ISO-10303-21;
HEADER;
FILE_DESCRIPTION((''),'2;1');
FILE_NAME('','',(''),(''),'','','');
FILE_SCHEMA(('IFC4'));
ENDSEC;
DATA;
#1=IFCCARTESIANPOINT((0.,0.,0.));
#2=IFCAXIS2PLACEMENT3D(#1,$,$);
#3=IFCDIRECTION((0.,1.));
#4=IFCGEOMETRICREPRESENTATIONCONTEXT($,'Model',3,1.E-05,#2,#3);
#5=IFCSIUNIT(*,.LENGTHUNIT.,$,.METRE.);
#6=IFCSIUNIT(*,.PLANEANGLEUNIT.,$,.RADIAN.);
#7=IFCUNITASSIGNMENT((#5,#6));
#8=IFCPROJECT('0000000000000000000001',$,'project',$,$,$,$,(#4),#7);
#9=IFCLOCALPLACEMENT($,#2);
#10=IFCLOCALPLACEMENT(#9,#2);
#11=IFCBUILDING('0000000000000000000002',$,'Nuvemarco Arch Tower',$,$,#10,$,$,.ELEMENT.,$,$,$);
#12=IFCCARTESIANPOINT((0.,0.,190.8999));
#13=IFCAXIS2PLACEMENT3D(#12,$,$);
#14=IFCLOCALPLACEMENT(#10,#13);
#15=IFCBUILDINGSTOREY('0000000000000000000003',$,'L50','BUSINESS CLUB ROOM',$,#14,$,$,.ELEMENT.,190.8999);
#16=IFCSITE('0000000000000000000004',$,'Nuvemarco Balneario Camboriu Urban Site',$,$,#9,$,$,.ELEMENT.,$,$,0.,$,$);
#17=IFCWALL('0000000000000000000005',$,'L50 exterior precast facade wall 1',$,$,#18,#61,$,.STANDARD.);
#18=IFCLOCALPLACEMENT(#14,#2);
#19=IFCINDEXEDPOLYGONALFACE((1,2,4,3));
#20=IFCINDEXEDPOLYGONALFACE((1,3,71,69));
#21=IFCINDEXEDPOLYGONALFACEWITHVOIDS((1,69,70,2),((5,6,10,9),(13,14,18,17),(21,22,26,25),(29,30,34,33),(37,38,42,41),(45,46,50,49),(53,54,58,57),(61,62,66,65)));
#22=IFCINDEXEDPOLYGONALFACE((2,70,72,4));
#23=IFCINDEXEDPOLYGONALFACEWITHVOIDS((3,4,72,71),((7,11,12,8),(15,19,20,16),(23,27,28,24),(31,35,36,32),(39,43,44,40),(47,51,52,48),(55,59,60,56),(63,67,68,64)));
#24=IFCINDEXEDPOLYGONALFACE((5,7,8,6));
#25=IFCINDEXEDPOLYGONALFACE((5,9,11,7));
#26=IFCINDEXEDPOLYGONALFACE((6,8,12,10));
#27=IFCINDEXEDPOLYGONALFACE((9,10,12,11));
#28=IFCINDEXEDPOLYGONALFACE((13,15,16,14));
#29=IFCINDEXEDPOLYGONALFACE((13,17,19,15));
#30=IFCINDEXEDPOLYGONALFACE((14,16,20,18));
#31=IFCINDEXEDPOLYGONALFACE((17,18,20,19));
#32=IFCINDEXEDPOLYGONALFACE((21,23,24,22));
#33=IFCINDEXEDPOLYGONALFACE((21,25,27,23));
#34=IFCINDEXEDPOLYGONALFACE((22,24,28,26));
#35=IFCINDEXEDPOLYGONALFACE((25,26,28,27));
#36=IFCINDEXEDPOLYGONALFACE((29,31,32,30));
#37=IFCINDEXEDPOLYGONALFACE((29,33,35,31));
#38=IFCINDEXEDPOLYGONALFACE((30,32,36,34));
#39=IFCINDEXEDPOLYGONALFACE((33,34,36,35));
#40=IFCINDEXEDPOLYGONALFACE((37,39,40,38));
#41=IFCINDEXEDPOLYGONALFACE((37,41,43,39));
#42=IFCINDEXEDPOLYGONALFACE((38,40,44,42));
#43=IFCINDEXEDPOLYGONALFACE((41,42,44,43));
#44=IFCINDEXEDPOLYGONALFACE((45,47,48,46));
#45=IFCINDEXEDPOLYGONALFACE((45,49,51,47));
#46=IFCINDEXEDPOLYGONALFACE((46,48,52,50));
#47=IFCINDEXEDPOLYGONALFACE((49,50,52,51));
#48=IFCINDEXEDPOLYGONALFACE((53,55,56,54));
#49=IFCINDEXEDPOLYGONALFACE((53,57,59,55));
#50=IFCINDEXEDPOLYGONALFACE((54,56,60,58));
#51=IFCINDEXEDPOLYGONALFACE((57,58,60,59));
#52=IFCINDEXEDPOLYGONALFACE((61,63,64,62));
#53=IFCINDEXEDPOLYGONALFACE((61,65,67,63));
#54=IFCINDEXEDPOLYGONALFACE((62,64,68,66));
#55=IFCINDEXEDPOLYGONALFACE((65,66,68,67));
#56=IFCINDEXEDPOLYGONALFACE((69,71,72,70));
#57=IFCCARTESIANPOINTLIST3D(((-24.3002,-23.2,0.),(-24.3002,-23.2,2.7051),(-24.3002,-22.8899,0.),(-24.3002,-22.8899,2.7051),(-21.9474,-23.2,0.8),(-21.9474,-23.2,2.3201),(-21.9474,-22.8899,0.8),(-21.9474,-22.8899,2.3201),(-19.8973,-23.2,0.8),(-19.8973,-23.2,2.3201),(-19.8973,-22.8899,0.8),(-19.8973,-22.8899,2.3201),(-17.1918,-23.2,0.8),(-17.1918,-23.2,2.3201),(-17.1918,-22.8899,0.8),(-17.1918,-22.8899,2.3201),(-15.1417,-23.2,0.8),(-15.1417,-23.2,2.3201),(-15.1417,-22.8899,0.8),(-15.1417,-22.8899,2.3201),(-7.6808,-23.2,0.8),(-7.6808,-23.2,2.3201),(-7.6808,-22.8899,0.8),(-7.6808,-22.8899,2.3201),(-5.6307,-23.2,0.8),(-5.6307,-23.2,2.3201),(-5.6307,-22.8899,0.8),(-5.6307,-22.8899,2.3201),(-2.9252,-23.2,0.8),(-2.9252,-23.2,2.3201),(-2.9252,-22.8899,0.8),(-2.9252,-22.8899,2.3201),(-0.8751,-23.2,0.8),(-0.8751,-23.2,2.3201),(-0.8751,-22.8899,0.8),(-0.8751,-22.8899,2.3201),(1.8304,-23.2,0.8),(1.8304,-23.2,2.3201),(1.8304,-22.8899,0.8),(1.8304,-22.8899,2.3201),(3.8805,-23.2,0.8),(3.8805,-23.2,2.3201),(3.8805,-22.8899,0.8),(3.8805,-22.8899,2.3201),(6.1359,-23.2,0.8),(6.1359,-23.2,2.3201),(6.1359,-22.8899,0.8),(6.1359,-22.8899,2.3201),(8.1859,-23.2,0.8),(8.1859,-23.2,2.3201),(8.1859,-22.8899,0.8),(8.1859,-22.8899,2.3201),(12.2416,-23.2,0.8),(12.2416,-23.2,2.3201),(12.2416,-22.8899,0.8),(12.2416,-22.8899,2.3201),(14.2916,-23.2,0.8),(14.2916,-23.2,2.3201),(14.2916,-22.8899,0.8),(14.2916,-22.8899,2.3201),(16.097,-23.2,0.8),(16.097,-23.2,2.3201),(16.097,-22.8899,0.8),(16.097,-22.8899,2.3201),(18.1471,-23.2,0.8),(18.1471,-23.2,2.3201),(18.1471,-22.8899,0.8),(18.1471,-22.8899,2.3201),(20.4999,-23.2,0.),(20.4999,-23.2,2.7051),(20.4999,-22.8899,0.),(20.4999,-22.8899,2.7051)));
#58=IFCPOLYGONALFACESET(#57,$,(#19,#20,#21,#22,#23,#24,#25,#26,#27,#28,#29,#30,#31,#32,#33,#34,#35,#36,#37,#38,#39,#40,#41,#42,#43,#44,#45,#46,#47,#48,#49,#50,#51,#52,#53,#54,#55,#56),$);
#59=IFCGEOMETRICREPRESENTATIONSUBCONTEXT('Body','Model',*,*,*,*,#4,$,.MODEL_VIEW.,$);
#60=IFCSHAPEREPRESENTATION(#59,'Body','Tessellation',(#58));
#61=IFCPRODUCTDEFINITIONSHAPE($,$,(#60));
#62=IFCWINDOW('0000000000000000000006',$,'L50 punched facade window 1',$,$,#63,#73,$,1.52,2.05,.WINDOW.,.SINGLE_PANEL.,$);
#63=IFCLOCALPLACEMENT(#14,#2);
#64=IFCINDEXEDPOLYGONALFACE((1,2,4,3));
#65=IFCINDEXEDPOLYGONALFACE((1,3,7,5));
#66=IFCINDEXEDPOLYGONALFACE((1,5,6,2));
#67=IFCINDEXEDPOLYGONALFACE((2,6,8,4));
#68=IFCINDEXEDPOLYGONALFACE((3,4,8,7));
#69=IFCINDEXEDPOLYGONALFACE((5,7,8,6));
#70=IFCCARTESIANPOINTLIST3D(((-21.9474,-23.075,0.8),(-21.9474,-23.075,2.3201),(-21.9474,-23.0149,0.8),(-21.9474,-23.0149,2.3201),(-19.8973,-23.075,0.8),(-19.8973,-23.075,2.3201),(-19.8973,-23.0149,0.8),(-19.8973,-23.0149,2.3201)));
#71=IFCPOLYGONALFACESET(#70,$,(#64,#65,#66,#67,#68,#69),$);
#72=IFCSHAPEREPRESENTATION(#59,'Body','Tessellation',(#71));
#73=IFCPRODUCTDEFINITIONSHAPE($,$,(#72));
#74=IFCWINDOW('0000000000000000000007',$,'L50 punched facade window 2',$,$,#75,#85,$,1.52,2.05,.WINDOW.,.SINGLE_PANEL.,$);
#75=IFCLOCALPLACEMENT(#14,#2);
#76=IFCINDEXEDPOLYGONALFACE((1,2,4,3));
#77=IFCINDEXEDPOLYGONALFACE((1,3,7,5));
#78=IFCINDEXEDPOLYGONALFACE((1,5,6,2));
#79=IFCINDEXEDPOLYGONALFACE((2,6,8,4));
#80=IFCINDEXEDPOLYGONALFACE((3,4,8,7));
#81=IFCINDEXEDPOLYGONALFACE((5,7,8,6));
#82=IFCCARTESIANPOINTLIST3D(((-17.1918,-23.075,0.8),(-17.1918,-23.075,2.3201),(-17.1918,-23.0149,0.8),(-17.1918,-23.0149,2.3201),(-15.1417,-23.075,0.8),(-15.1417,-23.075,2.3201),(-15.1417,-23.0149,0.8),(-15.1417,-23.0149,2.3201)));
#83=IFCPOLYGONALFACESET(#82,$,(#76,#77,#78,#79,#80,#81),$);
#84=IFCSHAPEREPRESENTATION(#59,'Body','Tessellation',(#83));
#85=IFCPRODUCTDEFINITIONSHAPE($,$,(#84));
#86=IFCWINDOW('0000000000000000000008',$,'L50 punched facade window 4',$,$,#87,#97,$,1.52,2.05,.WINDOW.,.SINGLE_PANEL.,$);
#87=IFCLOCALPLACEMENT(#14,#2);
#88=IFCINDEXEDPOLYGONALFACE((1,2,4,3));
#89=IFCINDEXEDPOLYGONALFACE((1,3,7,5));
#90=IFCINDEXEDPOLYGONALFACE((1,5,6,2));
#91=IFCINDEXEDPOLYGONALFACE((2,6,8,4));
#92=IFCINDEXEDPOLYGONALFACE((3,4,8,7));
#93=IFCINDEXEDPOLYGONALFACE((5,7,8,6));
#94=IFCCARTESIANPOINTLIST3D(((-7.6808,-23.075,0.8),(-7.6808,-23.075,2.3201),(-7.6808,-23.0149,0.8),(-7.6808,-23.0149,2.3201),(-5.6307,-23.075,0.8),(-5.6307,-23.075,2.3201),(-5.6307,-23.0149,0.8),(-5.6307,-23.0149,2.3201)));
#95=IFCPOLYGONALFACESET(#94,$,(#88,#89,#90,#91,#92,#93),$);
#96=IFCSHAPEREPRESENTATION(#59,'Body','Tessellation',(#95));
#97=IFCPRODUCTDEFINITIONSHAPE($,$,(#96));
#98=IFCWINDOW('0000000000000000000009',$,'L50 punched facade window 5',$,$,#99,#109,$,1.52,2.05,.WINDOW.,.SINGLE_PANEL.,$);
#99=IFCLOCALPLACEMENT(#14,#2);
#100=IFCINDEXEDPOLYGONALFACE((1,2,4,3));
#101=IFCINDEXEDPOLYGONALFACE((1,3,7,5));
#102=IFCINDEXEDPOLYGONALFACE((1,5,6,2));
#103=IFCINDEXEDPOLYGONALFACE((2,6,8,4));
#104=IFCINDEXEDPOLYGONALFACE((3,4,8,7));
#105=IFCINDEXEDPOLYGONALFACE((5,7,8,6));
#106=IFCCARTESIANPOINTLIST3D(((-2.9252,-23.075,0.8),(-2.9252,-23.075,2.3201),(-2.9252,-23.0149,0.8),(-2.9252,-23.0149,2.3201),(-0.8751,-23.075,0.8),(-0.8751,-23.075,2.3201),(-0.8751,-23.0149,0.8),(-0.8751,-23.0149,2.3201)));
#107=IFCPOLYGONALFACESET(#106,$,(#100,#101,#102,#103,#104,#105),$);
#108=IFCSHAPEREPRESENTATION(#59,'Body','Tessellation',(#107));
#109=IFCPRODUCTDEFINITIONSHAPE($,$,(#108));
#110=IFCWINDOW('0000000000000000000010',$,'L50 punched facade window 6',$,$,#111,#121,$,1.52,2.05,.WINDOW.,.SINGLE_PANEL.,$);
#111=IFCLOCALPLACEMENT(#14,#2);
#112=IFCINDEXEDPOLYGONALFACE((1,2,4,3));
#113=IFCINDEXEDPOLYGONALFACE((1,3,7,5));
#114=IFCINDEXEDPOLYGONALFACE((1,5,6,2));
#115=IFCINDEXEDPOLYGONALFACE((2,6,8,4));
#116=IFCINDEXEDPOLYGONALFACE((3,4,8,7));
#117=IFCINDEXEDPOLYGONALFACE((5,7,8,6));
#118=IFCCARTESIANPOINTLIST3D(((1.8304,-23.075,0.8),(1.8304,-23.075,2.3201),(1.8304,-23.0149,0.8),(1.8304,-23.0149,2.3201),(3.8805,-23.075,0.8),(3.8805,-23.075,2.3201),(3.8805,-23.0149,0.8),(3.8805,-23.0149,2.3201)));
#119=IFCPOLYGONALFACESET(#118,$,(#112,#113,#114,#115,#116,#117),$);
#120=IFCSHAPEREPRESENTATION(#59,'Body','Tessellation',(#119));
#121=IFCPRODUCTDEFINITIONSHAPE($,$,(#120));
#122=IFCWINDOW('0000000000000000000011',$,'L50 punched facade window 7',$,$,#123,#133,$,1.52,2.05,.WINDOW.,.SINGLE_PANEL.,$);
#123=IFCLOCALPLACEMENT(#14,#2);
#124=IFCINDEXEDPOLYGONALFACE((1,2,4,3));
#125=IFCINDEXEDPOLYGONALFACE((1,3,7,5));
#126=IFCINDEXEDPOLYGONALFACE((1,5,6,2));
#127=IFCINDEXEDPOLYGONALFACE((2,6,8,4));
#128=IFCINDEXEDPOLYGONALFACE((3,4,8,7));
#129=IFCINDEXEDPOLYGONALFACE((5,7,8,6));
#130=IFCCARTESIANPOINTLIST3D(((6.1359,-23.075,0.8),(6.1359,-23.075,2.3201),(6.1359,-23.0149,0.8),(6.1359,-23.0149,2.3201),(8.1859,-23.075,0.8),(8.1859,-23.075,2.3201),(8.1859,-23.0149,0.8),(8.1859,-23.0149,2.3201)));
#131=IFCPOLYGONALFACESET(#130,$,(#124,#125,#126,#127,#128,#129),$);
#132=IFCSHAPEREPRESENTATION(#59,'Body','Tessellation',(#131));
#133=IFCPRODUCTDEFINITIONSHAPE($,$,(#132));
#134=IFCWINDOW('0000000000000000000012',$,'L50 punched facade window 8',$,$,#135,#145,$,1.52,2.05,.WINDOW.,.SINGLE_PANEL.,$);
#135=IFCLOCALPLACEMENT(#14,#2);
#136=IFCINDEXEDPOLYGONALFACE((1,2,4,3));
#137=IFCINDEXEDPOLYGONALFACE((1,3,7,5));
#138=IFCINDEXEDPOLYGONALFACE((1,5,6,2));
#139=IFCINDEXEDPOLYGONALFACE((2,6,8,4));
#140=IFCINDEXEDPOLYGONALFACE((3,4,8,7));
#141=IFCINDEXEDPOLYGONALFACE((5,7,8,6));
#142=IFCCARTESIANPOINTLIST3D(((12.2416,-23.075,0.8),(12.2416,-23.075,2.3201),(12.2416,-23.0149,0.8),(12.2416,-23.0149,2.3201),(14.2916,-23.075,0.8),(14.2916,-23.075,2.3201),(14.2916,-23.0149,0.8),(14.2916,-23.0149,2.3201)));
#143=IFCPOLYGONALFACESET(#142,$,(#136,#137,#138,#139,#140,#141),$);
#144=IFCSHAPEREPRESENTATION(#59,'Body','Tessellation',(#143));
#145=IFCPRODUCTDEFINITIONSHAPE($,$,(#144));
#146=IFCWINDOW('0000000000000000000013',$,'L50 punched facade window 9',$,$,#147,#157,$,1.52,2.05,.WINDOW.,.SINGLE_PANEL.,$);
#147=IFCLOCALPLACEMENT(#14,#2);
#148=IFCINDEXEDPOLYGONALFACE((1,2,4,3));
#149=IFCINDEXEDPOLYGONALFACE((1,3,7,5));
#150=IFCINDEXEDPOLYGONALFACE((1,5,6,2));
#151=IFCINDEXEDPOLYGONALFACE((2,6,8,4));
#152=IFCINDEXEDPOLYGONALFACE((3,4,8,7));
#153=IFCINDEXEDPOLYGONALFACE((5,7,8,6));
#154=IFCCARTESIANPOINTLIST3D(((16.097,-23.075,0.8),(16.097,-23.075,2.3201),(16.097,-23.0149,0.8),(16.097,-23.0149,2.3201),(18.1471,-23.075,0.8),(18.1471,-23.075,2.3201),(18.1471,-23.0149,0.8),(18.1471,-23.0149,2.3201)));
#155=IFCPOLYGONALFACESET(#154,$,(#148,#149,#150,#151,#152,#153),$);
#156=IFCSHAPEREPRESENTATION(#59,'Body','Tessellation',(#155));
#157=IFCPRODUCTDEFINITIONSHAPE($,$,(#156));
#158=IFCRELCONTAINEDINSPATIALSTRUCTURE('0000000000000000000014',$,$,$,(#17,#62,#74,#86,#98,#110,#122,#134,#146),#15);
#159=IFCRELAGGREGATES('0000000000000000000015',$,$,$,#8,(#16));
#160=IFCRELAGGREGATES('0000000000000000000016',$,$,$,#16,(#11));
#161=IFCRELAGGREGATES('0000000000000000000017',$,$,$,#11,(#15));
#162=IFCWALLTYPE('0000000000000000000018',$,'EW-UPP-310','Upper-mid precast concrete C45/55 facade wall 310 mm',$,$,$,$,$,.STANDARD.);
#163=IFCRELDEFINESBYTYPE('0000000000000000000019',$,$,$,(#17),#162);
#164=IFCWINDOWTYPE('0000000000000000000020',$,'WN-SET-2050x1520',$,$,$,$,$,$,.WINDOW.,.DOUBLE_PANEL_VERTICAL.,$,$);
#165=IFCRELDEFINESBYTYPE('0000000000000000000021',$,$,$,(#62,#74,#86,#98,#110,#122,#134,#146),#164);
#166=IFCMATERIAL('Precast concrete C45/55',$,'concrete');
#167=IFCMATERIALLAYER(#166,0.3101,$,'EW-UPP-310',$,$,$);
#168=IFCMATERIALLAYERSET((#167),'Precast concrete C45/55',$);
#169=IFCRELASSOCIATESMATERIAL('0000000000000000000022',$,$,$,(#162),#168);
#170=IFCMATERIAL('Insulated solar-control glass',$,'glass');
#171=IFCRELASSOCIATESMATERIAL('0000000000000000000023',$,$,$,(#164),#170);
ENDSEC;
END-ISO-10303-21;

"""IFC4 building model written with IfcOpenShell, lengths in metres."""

from ifc_helpers import new_model, si_unit, direction, frame, frame_2d, origin, place, context, subcontext, project, spatial, rectangle, extrude, source, transform, mapped, material, layer, layer_set, type_object, type_shapes, element, fill, save


model = new_model("IFC4")

# Units and contexts
model_context = context("Model", 3, precision=1e-05, world=origin(), true_north=direction((0.0, 1.0)))
body_context = subcontext(model_context, "Body", "Model", "MODEL_VIEW")
ifc_project = project(units=[si_unit("LENGTHUNIT", "METRE"), si_unit("PLANEANGLEUNIT", "RADIAN")], contexts=[model_context])

# Site, building, storey
site_placement = place(None, origin())
site = spatial("IfcSite", under=ifc_project, at=site_placement, Name="Nuvemarco Balneario Camboriu Urban Site", CompositionType="ELEMENT", RefElevation=0.0)
building_placement = place(site_placement, origin())
building = spatial("IfcBuilding", under=site, at=building_placement, Name="Nuvemarco Arch Tower", CompositionType="ELEMENT")
storey_placement = place(building_placement, frame((0.0, 0.0, 190.8999)))
storey = spatial("IfcBuildingStorey", under=building, at=storey_placement, Name="L50", Description="BUSINESS CLUB ROOM", CompositionType="ELEMENT", Elevation=190.8999)

# Wall, openings, windows
ifc_material_1 = material(Name="Precast concrete C45/55", Category="concrete")
ifc_layer_1 = layer(ifc_material_1, 0.3101, Name="EW-UPP-310")
ifc_layer_set_1 = layer_set([ifc_layer_1], Name="Precast concrete C45/55")
wall_type_1 = type_object("IfcWallType", Name="EW-UPP-310", Description="Upper-mid precast concrete C45/55 facade wall 310 mm", PredefinedType="STANDARD", material=ifc_layer_set_1)
wall_1_placement = place(storey_placement, frame((-24.3, -23.0449, 0.0), z_axis=(0.0, 0.0, 1.0), x_axis=(1.0, 0.0, 0.0)))
wall_1 = element("IfcWall", 1, at=wall_1_placement, inside=storey, type_object=wall_type_1, Name="L50 exterior precast facade wall 1", PredefinedType="STANDARD", context=body_context, shape_type="SweptSolid", body=[
    extrude(rectangle(XDim=44.8, YDim=0.3101, at=frame_2d((22.3999, 0.0))), origin(), (0.0, 0.0, 1.0), 2.7051),
])
opening_1_placement = place(wall_1_placement, frame((2.3528, 0.0, 0.8)))
opening_1 = element("IfcOpeningElement", 2, at=opening_1_placement, cuts=wall_1, PredefinedType="OPENING", context=body_context, shape_type="SweptSolid", body=[
    extrude(rectangle(XDim=2.05, YDim=1.52, at=frame_2d((1.0249, 0.76))), frame((0.0, 0.165, 0.0), z_axis=(0.0, -1.0, 0.0), x_axis=(1.0, 0.0, 0.0)), (0.0, 0.0, 1.0), 0.3301),
])
opening_2_placement = place(wall_1_placement, frame((7.1084, 0.0, 0.8)))
opening_2 = element("IfcOpeningElement", 3, at=opening_2_placement, cuts=wall_1, PredefinedType="OPENING", context=body_context, shape_type="SweptSolid", body=[
    extrude(rectangle(XDim=2.05, YDim=1.52, at=frame_2d((1.0249, 0.76))), frame((0.0, 0.165, 0.0), z_axis=(0.0, -1.0, 0.0), x_axis=(1.0, 0.0, 0.0)), (0.0, 0.0, 1.0), 0.3301),
])
opening_3_placement = place(wall_1_placement, frame((16.6194, 0.0, 0.8)))
opening_3 = element("IfcOpeningElement", 4, at=opening_3_placement, cuts=wall_1, PredefinedType="OPENING", context=body_context, shape_type="SweptSolid", body=[
    extrude(rectangle(XDim=2.05, YDim=1.52, at=frame_2d((1.0249, 0.76))), frame((0.0, 0.165, 0.0), z_axis=(0.0, -1.0, 0.0), x_axis=(1.0, 0.0, 0.0)), (0.0, 0.0, 1.0), 0.3301),
])
opening_4_placement = place(wall_1_placement, frame((21.375, 0.0, 0.8)))
opening_4 = element("IfcOpeningElement", 5, at=opening_4_placement, cuts=wall_1, PredefinedType="OPENING", context=body_context, shape_type="SweptSolid", body=[
    extrude(rectangle(XDim=2.05, YDim=1.52, at=frame_2d((1.0249, 0.76))), frame((0.0, 0.165, 0.0), z_axis=(0.0, -1.0, 0.0), x_axis=(1.0, 0.0, 0.0)), (0.0, 0.0, 1.0), 0.3301),
])
opening_5_placement = place(wall_1_placement, frame((26.1306, 0.0, 0.8)))
opening_5 = element("IfcOpeningElement", 6, at=opening_5_placement, cuts=wall_1, PredefinedType="OPENING", context=body_context, shape_type="SweptSolid", body=[
    extrude(rectangle(XDim=2.05, YDim=1.52, at=frame_2d((1.0249, 0.76))), frame((0.0, 0.165, 0.0), z_axis=(0.0, -1.0, 0.0), x_axis=(1.0, 0.0, 0.0)), (0.0, 0.0, 1.0), 0.3301),
])
opening_6_placement = place(wall_1_placement, frame((30.436, 0.0, 0.8)))
opening_6 = element("IfcOpeningElement", 7, at=opening_6_placement, cuts=wall_1, PredefinedType="OPENING", context=body_context, shape_type="SweptSolid", body=[
    extrude(rectangle(XDim=2.05, YDim=1.52, at=frame_2d((1.0249, 0.76))), frame((0.0, 0.165, 0.0), z_axis=(0.0, -1.0, 0.0), x_axis=(1.0, 0.0, 0.0)), (0.0, 0.0, 1.0), 0.3301),
])
opening_7_placement = place(wall_1_placement, frame((36.5417, 0.0, 0.8)))
opening_7 = element("IfcOpeningElement", 8, at=opening_7_placement, cuts=wall_1, PredefinedType="OPENING", context=body_context, shape_type="SweptSolid", body=[
    extrude(rectangle(XDim=2.05, YDim=1.52, at=frame_2d((1.0249, 0.76))), frame((0.0, 0.165, 0.0), z_axis=(0.0, -1.0, 0.0), x_axis=(1.0, 0.0, 0.0)), (0.0, 0.0, 1.0), 0.3301),
])
opening_8_placement = place(wall_1_placement, frame((40.3972, 0.0, 0.8)))
opening_8 = element("IfcOpeningElement", 9, at=opening_8_placement, cuts=wall_1, PredefinedType="OPENING", context=body_context, shape_type="SweptSolid", body=[
    extrude(rectangle(XDim=2.05, YDim=1.52, at=frame_2d((1.0249, 0.76))), frame((0.0, 0.165, 0.0), z_axis=(0.0, -1.0, 0.0), x_axis=(1.0, 0.0, 0.0)), (0.0, 0.0, 1.0), 0.3301),
])
ifc_material_2 = material(Name="Insulated solar-control glass", Category="glass")
window_type = type_object("IfcWindowType", Name="WN-SET-2050x1520", PartitioningType="DOUBLE_PANEL_VERTICAL", PredefinedType="WINDOW", material=ifc_material_2)
shared_shape_1 = source(origin(), body_context, "Body", "SweptSolid", [
    extrude(rectangle(XDim=2.05, YDim=1.52, at=frame_2d((1.0249, 0.76))), frame((0.0, 0.03, 0.0), z_axis=(0.0, -1.0, 0.0), x_axis=(1.0, 0.0, 0.0)), (0.0, 0.0, 1.0), 0.0601),
])
type_shapes(window_type, [shared_shape_1])
window_1_placement = place(opening_1_placement, origin())
window_1 = element("IfcWindow", 10, at=window_1_placement, inside=storey, type_object=window_type, Name="L50 punched facade window 1", OverallHeight=1.52, OverallWidth=2.05, PartitioningType="SINGLE_PANEL", PredefinedType="WINDOW", context=body_context, shape_type="MappedRepresentation", body=[
    mapped(shared_shape_1, transform((0.0, 0.0, 0.0), scale=1.0)),
])
fill(opening_1, window_1)
window_2_placement = place(opening_2_placement, origin())
window_2 = element("IfcWindow", 11, at=window_2_placement, inside=storey, type_object=window_type, Name="L50 punched facade window 2", OverallHeight=1.52, OverallWidth=2.05, PartitioningType="SINGLE_PANEL", PredefinedType="WINDOW", context=body_context, shape_type="MappedRepresentation", body=[
    mapped(shared_shape_1, transform((0.0, 0.0, 0.0), scale=1.0)),
])
fill(opening_2, window_2)
window_3_placement = place(opening_3_placement, origin())
window_3 = element("IfcWindow", 12, at=window_3_placement, inside=storey, type_object=window_type, Name="L50 punched facade window 4", OverallHeight=1.52, OverallWidth=2.05, PartitioningType="SINGLE_PANEL", PredefinedType="WINDOW", context=body_context, shape_type="MappedRepresentation", body=[
    mapped(shared_shape_1, transform((0.0, 0.0, 0.0), scale=1.0)),
])
fill(opening_3, window_3)
window_4_placement = place(opening_4_placement, origin())
window_4 = element("IfcWindow", 13, at=window_4_placement, inside=storey, type_object=window_type, Name="L50 punched facade window 5", OverallHeight=1.52, OverallWidth=2.05, PartitioningType="SINGLE_PANEL", PredefinedType="WINDOW", context=body_context, shape_type="MappedRepresentation", body=[
    mapped(shared_shape_1, transform((0.0, 0.0, 0.0), scale=1.0)),
])
fill(opening_4, window_4)
window_5_placement = place(opening_5_placement, origin())
window_5 = element("IfcWindow", 14, at=window_5_placement, inside=storey, type_object=window_type, Name="L50 punched facade window 6", OverallHeight=1.52, OverallWidth=2.05, PartitioningType="SINGLE_PANEL", PredefinedType="WINDOW", context=body_context, shape_type="MappedRepresentation", body=[
    mapped(shared_shape_1, transform((0.0, 0.0, 0.0), scale=1.0)),
])
fill(opening_5, window_5)
window_6_placement = place(opening_6_placement, origin())
window_6 = element("IfcWindow", 15, at=window_6_placement, inside=storey, type_object=window_type, Name="L50 punched facade window 7", OverallHeight=1.52, OverallWidth=2.05, PartitioningType="SINGLE_PANEL", PredefinedType="WINDOW", context=body_context, shape_type="MappedRepresentation", body=[
    mapped(shared_shape_1, transform((0.0, 0.0, 0.0), scale=1.0)),
])
fill(opening_6, window_6)
window_7_placement = place(opening_7_placement, origin())
window_7 = element("IfcWindow", 16, at=window_7_placement, inside=storey, type_object=window_type, Name="L50 punched facade window 8", OverallHeight=1.52, OverallWidth=2.05, PartitioningType="SINGLE_PANEL", PredefinedType="WINDOW", context=body_context, shape_type="MappedRepresentation", body=[
    mapped(shared_shape_1, transform((0.0, 0.0, 0.0), scale=1.0)),
])
fill(opening_7, window_7)
window_8_placement = place(opening_8_placement, origin())
window_8 = element("IfcWindow", 17, at=window_8_placement, inside=storey, type_object=window_type, Name="L50 punched facade window 9", OverallHeight=1.52, OverallWidth=2.05, PartitioningType="SINGLE_PANEL", PredefinedType="WINDOW", context=body_context, shape_type="MappedRepresentation", body=[
    mapped(shared_shape_1, transform((0.0, 0.0, 0.0), scale=1.0)),
])
fill(opening_8, window_8)

save(model, "model.ifc")
